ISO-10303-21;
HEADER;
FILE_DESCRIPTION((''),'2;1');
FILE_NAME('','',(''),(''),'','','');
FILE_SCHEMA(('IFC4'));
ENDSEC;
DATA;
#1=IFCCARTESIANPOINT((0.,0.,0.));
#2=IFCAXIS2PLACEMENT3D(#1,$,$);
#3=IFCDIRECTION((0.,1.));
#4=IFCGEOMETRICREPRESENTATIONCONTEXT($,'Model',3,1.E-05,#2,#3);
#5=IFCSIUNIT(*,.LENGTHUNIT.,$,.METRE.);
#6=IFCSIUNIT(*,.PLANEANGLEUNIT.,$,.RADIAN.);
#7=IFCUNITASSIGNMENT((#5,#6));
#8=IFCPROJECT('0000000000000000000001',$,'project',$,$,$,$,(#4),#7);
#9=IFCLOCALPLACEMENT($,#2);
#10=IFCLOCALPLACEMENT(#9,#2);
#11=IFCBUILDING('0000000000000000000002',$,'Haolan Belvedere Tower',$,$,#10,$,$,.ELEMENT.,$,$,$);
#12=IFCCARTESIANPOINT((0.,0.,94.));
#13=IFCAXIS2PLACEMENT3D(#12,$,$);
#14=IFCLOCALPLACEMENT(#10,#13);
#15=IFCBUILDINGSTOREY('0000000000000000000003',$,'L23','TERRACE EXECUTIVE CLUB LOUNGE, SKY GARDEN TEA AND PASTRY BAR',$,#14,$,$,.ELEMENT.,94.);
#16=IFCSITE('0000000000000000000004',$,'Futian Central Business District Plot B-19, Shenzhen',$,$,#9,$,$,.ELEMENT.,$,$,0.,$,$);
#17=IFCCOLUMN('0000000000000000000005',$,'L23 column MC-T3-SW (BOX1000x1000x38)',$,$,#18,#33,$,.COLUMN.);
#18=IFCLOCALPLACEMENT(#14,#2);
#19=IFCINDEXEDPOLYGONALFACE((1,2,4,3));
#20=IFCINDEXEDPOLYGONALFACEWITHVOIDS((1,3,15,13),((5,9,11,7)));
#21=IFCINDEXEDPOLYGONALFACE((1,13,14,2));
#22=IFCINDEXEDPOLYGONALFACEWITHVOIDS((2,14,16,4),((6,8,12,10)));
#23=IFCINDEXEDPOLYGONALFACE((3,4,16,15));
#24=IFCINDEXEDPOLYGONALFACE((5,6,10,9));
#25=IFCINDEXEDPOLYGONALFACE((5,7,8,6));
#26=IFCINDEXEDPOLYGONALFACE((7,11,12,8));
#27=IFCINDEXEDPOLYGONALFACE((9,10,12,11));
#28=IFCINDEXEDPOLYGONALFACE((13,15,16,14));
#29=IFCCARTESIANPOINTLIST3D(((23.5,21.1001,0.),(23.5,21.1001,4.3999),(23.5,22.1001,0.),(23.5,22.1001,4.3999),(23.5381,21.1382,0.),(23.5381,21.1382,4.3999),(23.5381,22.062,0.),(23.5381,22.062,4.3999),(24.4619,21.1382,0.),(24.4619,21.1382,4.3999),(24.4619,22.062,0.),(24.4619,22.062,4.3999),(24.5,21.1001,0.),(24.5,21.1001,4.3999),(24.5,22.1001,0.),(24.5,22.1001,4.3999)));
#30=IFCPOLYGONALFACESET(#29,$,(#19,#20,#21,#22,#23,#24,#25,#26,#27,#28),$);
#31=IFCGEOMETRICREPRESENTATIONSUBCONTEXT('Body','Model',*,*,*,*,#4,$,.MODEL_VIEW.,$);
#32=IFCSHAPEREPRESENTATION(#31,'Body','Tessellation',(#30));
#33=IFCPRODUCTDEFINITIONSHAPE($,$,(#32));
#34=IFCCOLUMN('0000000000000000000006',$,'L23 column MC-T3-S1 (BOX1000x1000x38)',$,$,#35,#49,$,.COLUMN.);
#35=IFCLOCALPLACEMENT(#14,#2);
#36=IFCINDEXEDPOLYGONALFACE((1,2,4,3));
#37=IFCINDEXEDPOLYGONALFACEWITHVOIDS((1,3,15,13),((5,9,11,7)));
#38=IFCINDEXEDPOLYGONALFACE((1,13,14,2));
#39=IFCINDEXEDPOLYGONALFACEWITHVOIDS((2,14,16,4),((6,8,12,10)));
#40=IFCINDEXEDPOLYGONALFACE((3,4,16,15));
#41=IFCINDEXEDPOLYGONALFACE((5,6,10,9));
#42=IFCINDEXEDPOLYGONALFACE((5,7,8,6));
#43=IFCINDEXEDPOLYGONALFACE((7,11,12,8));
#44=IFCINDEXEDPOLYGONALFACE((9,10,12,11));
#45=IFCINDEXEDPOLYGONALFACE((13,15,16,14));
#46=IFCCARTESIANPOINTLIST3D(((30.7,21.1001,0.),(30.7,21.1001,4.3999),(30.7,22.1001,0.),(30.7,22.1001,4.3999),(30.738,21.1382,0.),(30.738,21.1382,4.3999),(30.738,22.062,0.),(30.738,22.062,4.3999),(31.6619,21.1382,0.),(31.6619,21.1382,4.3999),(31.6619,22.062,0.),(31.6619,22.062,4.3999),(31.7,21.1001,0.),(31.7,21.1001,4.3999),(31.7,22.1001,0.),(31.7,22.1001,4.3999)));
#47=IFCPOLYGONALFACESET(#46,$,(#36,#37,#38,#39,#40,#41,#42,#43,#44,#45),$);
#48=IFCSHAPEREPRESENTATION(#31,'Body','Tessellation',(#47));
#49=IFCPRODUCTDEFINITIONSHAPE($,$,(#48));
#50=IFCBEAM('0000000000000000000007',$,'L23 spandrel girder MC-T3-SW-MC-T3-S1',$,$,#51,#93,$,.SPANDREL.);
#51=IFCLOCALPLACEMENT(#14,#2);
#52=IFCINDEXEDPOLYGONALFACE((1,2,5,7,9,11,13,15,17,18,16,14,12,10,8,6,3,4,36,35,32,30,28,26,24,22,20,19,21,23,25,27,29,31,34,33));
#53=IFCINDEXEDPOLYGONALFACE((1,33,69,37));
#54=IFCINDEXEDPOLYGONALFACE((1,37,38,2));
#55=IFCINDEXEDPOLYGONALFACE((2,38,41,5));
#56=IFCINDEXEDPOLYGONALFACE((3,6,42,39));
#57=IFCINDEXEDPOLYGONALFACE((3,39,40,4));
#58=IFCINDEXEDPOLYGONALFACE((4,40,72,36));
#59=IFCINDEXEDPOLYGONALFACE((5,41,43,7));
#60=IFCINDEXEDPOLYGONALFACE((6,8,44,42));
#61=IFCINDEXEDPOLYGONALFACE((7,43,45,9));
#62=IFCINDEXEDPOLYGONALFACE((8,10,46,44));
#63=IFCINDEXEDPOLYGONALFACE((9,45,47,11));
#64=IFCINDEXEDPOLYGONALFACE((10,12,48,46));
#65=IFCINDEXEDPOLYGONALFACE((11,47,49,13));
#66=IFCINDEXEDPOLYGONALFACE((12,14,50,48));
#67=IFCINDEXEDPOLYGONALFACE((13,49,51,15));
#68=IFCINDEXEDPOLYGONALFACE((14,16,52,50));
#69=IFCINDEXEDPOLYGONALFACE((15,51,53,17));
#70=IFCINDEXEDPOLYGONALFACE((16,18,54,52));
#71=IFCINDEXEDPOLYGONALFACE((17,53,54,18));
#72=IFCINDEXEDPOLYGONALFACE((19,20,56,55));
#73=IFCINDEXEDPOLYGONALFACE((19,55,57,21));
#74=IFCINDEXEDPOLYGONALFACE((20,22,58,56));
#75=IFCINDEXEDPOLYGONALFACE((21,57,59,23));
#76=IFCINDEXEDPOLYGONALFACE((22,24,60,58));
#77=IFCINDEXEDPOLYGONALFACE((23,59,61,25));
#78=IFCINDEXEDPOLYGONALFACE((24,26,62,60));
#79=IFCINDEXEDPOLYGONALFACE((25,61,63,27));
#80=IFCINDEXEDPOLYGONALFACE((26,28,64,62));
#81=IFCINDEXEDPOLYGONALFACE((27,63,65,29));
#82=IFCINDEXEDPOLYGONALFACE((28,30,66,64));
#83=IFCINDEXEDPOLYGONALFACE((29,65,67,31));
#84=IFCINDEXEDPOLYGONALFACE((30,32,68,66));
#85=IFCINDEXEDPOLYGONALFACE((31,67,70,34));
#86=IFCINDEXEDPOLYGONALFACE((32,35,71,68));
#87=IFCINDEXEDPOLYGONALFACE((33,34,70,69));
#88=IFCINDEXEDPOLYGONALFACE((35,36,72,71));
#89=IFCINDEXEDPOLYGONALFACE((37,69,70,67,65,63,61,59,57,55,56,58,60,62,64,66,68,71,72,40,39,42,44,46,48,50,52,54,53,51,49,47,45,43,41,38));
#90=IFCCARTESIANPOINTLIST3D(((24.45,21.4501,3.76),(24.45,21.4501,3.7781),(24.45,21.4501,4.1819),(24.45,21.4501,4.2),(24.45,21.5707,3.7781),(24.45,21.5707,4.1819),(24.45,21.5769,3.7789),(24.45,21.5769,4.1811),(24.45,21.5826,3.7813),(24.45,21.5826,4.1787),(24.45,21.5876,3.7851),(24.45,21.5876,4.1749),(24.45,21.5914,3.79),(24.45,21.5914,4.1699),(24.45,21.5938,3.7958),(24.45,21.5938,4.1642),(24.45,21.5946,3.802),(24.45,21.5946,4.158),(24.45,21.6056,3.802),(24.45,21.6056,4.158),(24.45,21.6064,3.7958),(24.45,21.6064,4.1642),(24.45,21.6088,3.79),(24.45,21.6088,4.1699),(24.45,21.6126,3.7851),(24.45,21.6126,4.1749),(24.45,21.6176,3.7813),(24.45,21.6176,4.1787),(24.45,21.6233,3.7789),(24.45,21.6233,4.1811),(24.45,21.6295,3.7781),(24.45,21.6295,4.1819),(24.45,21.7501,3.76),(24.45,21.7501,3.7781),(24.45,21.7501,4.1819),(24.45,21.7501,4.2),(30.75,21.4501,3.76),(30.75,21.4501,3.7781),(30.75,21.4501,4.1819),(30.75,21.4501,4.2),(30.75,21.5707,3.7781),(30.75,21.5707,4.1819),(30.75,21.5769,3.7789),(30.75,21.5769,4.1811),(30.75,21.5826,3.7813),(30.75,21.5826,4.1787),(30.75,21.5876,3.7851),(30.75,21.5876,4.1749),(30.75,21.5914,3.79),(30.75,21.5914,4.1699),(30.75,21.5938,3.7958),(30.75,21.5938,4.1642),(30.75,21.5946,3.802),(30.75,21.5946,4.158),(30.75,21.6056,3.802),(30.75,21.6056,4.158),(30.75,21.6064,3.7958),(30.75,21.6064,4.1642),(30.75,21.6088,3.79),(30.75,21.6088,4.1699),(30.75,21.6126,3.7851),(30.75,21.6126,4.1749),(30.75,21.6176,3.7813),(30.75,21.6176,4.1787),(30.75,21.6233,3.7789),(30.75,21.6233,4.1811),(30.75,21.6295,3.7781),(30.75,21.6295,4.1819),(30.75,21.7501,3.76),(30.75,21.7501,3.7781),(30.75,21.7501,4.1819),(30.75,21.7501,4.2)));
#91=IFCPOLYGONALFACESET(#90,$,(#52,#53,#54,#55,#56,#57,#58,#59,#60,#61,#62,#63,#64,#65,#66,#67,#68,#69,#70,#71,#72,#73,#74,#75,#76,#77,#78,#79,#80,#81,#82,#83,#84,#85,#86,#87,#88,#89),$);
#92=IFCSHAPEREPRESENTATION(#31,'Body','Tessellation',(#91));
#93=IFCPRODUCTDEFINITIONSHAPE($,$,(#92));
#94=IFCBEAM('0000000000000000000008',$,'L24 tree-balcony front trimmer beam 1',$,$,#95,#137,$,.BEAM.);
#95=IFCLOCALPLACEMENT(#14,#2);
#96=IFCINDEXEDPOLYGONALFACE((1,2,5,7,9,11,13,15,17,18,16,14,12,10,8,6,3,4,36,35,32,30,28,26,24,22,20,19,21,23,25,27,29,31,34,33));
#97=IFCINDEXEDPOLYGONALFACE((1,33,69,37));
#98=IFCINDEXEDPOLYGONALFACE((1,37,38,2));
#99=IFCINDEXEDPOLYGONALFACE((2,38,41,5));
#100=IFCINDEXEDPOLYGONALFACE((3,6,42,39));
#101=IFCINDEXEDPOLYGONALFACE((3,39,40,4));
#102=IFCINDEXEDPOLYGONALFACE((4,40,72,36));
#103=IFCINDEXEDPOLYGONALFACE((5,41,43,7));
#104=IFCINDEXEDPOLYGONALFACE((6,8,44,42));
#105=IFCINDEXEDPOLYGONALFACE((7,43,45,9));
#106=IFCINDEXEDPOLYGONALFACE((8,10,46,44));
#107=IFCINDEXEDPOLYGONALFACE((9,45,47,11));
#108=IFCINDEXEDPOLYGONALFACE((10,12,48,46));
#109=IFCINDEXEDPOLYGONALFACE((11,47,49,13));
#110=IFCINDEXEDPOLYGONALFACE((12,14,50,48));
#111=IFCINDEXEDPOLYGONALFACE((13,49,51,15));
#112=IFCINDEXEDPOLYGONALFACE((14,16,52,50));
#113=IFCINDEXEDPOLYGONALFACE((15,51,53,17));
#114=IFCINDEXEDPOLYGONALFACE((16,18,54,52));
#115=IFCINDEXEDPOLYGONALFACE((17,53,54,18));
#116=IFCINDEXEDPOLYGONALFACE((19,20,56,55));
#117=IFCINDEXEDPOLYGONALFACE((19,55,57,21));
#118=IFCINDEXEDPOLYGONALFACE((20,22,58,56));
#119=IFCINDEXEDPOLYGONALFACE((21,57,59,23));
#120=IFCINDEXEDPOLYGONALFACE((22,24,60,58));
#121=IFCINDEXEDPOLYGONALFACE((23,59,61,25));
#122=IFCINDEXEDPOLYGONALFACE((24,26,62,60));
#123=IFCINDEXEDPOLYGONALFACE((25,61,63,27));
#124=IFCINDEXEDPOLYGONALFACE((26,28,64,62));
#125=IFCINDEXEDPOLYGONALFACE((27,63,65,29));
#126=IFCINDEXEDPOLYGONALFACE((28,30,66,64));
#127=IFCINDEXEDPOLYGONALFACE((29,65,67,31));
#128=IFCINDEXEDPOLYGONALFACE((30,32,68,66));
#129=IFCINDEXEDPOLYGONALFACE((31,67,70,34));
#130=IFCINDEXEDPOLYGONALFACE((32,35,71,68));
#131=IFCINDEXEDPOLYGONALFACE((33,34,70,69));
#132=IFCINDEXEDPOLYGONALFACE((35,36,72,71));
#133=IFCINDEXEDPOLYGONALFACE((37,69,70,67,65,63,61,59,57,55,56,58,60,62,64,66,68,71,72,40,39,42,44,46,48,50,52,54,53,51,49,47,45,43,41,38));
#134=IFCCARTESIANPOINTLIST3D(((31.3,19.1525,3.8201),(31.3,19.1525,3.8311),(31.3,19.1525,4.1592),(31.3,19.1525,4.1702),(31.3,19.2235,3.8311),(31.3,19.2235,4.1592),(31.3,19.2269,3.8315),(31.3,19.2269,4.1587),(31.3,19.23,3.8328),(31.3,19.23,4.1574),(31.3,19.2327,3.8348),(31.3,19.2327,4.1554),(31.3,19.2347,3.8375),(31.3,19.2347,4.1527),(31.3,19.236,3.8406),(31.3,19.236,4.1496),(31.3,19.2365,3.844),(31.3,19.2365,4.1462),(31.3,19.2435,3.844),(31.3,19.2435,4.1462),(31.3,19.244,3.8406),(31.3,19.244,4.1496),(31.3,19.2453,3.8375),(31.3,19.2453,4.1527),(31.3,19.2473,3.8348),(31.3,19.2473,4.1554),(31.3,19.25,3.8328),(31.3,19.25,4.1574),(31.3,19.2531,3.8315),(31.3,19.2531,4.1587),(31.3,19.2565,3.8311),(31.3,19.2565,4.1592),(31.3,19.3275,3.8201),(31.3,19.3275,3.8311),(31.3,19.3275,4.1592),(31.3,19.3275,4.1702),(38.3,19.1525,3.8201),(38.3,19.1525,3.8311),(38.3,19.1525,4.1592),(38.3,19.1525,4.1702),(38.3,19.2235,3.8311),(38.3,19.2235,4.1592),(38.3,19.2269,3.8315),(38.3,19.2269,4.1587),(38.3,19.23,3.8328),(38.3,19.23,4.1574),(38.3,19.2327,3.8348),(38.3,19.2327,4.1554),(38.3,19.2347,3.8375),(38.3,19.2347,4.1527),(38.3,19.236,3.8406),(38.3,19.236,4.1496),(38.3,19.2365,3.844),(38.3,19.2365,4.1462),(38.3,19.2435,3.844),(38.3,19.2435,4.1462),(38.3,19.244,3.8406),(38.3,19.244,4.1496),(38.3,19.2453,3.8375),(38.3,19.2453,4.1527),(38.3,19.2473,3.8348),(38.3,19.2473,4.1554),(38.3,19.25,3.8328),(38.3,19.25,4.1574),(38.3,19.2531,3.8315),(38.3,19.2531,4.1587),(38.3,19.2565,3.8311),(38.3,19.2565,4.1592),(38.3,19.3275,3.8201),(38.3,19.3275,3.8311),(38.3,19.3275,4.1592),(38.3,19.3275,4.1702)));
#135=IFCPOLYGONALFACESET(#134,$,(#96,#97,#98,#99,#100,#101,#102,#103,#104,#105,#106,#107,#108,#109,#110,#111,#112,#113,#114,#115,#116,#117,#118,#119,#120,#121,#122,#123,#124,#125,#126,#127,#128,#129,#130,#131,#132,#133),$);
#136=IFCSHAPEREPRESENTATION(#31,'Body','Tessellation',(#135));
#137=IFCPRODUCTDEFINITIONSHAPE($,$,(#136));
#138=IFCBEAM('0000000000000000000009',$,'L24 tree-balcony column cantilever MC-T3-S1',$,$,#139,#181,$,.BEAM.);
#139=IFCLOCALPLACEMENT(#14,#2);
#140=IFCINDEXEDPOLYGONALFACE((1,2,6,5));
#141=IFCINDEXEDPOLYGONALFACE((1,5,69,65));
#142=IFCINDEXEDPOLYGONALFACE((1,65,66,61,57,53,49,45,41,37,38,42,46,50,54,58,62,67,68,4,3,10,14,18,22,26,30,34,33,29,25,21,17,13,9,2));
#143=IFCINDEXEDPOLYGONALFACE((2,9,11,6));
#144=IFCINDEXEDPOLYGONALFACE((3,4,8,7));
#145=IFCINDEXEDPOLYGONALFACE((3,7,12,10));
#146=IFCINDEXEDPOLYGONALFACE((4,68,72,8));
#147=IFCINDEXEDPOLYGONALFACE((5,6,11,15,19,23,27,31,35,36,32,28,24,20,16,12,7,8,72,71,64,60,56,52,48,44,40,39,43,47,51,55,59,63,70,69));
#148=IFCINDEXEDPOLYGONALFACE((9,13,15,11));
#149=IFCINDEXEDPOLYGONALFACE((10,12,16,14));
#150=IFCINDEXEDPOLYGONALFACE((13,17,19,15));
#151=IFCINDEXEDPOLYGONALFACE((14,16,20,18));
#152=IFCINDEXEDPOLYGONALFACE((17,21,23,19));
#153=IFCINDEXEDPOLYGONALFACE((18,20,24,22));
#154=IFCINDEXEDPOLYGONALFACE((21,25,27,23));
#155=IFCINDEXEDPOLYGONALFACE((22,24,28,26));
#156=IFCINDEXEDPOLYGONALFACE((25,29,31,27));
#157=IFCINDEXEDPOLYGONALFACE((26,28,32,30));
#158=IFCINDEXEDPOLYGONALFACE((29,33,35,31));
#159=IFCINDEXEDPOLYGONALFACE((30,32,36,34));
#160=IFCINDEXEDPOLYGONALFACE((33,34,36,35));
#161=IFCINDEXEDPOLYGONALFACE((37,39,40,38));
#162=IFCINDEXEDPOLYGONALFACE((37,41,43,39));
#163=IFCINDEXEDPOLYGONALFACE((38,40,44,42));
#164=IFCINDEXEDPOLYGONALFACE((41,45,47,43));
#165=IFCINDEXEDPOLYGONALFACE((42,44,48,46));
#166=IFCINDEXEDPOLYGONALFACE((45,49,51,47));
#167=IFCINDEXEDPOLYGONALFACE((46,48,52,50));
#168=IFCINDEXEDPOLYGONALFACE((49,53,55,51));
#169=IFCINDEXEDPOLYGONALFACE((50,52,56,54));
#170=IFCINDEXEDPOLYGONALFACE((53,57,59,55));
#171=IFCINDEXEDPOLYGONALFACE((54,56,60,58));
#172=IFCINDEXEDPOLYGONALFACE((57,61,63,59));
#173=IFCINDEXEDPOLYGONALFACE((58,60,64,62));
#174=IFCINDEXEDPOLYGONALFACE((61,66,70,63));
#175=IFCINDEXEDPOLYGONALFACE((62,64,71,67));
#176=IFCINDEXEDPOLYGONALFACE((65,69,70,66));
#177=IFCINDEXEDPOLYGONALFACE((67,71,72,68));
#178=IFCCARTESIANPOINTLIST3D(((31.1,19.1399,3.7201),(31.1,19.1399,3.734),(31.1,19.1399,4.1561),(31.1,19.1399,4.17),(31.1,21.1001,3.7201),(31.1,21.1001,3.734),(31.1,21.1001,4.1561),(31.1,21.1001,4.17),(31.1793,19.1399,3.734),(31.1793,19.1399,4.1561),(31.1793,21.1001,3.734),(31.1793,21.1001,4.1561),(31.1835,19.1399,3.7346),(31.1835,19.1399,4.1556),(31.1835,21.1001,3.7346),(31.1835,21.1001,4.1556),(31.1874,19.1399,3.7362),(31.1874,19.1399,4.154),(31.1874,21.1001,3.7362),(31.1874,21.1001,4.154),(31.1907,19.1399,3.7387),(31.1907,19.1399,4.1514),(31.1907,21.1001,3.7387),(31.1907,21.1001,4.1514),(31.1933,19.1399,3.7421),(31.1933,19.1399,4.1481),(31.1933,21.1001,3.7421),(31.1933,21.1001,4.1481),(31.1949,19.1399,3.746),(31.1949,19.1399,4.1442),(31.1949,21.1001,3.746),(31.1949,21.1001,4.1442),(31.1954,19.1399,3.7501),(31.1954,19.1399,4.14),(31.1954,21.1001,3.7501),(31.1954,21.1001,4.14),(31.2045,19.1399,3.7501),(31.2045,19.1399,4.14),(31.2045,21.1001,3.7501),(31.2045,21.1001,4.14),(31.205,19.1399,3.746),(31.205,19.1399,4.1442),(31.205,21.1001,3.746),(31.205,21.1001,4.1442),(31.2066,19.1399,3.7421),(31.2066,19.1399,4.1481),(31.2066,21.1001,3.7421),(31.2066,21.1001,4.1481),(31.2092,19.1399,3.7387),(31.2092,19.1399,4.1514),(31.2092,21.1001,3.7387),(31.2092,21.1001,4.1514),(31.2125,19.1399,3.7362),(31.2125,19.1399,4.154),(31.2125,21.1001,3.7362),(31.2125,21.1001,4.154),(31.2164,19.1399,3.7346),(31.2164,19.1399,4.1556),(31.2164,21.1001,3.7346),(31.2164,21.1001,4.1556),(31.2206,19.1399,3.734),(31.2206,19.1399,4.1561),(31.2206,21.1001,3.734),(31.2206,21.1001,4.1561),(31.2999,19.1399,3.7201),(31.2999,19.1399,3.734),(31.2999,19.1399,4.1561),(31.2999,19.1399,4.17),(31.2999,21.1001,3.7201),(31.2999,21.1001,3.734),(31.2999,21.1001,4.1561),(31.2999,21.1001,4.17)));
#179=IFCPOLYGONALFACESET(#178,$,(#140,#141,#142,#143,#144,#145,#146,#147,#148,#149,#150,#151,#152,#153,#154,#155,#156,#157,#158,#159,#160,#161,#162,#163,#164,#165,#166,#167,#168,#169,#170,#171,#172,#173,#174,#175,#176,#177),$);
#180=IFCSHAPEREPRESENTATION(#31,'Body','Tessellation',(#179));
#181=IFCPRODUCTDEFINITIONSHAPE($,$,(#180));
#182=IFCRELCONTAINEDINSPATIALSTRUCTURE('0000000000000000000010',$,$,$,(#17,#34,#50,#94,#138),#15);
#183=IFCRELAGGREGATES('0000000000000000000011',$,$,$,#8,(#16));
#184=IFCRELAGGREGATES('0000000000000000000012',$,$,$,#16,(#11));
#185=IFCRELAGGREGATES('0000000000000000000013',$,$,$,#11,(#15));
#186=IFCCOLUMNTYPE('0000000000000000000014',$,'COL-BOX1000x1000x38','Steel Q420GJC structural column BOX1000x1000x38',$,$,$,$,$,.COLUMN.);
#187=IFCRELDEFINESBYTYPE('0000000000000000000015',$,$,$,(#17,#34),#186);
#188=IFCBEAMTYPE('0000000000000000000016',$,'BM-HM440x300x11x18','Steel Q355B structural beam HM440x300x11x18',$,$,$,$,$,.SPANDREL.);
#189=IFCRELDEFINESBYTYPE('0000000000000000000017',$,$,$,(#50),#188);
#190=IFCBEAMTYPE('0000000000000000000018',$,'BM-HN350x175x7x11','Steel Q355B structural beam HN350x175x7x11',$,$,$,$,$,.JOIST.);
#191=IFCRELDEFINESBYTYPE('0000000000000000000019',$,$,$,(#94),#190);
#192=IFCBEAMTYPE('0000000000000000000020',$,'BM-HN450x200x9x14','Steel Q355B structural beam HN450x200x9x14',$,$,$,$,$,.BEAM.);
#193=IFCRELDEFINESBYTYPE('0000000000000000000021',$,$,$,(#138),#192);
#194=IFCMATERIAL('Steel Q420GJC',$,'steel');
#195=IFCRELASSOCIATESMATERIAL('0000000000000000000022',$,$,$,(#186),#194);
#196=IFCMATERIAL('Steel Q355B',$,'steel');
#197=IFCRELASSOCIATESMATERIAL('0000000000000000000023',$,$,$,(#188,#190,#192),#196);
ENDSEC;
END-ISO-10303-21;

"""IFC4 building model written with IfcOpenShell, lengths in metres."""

from ifc_helpers import new_model, si_unit, direction, frame, origin, origin_2d, place, context, subcontext, project, spatial, hollow_rectangle, i_section, extrude, material, material_profile, profile_set, type_object, element, save


model = new_model("IFC4")

# Units and contexts
model_context = context("Model", 3, precision=1e-05, world=origin(), true_north=direction((0.0, 1.0)))
body_context = subcontext(model_context, "Body", "Model", "MODEL_VIEW")
ifc_project = project(units=[si_unit("LENGTHUNIT", "METRE"), si_unit("PLANEANGLEUNIT", "RADIAN")], contexts=[model_context])

# Site, building, storey
site_placement = place(None, origin())
site = spatial("IfcSite", under=ifc_project, at=site_placement, Name="Futian Central Business District Plot B-19, Shenzhen", CompositionType="ELEMENT", RefElevation=0.0)
building_placement = place(site_placement, origin())
building = spatial("IfcBuilding", under=site, at=building_placement, Name="Haolan Belvedere Tower", CompositionType="ELEMENT")
storey_placement = place(building_placement, frame((0.0, 0.0, 94.0)))
storey = spatial("IfcBuildingStorey", under=building, at=storey_placement, Name="L23", Description="TERRACE EXECUTIVE CLUB LOUNGE, SKY GARDEN TEA AND PASTRY BAR", CompositionType="ELEMENT", Elevation=94.0)

# Columns
ifc_material_1 = material(Name="Steel Q420GJC", Category="steel")
ifc_material_profile_1 = material_profile(ifc_material_1, hollow_rectangle(XDim=1.0, YDim=1.0, WallThickness=0.0381, at=origin_2d()), Name="Steel Q420GJC")
ifc_profile_set_1 = profile_set([ifc_material_profile_1], Name="Steel Q420GJC")
column_type = type_object("IfcColumnType", Name="COL-BOX1000x1000x38", Description="Steel Q420GJC structural column BOX1000x1000x38", PredefinedType="COLUMN", material=ifc_profile_set_1)
for number, where, z_axis, x_axis, name in (
    (1, (24.0, 21.6001, 0.0), (0.0, 0.0, 1.0), (1.0, 0.0, 0.0), "L23 column MC-T3-SW (BOX1000x1000x38)"),
    (2, (31.2, 21.6001, 0.0), (0.0, 0.0, 1.0), (1.0, 0.0, 0.0), "L23 column MC-T3-S1 (BOX1000x1000x38)"),
):
    element("IfcColumn", number, at=place(storey_placement, frame(where, z_axis=z_axis, x_axis=x_axis)), inside=storey, type_object=column_type, Name=name, PredefinedType="COLUMN", context=body_context, shape_type="SweptSolid", body=[
        extrude(hollow_rectangle(XDim=1.0, YDim=1.0, WallThickness=0.0381, at=origin_2d()), origin(), (0.0, 0.0, 1.0), 4.3999),
    ])

# Beams
ifc_material_2 = material(Name="Steel Q355B", Category="steel")
ifc_material_profile_2 = material_profile(ifc_material_2, i_section(OverallWidth=0.3, OverallDepth=0.4399, WebThickness=0.011, FlangeThickness=0.0181, FilletRadius=0.0239, at=origin_2d()), Name="Steel Q355B")
ifc_profile_set_2 = profile_set([ifc_material_profile_2], Name="Steel Q355B")
beam_type_1 = type_object("IfcBeamType", Name="BM-HM440x300x11x18", Description="Steel Q355B structural beam HM440x300x11x18", PredefinedType="SPANDREL", material=ifc_profile_set_2)
beam_1_placement = place(storey_placement, frame((24.45, 21.6001, 3.98), z_axis=(1.0, 0.0, 0.0), x_axis=(0.0, 1.0, 0.0)))
element("IfcBeam", 3, at=beam_1_placement, inside=storey, type_object=beam_type_1, Name="L23 spandrel girder MC-T3-SW-MC-T3-S1", PredefinedType="SPANDREL", context=body_context, shape_type="SweptSolid", body=[
    extrude(i_section(OverallWidth=0.3, OverallDepth=0.4399, WebThickness=0.011, FlangeThickness=0.0181, FilletRadius=0.0239, at=origin_2d()), origin(), (0.0, 0.0, 1.0), 6.3),
])
ifc_material_profile_3 = material_profile(ifc_material_2, i_section(OverallWidth=0.175, OverallDepth=0.3501, WebThickness=0.0071, FlangeThickness=0.011, FilletRadius=0.0129, at=origin_2d()), Name="Steel Q355B")
ifc_profile_set_3 = profile_set([ifc_material_profile_3], Name="Steel Q355B")
beam_type_2 = type_object("IfcBeamType", Name="BM-HN350x175x7x11", Description="Steel Q355B structural beam HN350x175x7x11", PredefinedType="JOIST", material=ifc_profile_set_3)
beam_2_placement = place(storey_placement, frame((31.3, 19.24, 3.9951), z_axis=(1.0, 0.0, 0.0), x_axis=(0.0, 1.0, 0.0)))
element("IfcBeam", 4, at=beam_2_placement, inside=storey, type_object=beam_type_2, Name="L24 tree-balcony front trimmer beam 1", PredefinedType="BEAM", context=body_context, shape_type="SweptSolid", body=[
    extrude(i_section(OverallWidth=0.175, OverallDepth=0.3501, WebThickness=0.0071, FlangeThickness=0.011, FilletRadius=0.0129, at=origin_2d()), origin(), (0.0, 0.0, 1.0), 7.0),
])
ifc_material_profile_4 = material_profile(ifc_material_2, i_section(OverallWidth=0.2, OverallDepth=0.45, WebThickness=0.009, FlangeThickness=0.0139, FilletRadius=0.0161, at=origin_2d()), Name="Steel Q355B")
ifc_profile_set_4 = profile_set([ifc_material_profile_4], Name="Steel Q355B")
beam_type_3 = type_object("IfcBeamType", Name="BM-HN450x200x9x14", Description="Steel Q355B structural beam HN450x200x9x14", PredefinedType="BEAM", material=ifc_profile_set_4)
beam_3_placement = place(storey_placement, frame((31.2, 21.1001, 3.9451), z_axis=(0.0, -1.0, 0.0), x_axis=(1.0, 0.0, 0.0)))
element("IfcBeam", 5, at=beam_3_placement, inside=storey, type_object=beam_type_3, Name="L24 tree-balcony column cantilever MC-T3-S1", PredefinedType="BEAM", context=body_context, shape_type="SweptSolid", body=[
    extrude(i_section(OverallWidth=0.2, OverallDepth=0.45, WebThickness=0.009, FlangeThickness=0.0139, FilletRadius=0.0161, at=origin_2d()), origin(), (0.0, 0.0, 1.0), 1.9602),
])

save(model, "model.ifc")
